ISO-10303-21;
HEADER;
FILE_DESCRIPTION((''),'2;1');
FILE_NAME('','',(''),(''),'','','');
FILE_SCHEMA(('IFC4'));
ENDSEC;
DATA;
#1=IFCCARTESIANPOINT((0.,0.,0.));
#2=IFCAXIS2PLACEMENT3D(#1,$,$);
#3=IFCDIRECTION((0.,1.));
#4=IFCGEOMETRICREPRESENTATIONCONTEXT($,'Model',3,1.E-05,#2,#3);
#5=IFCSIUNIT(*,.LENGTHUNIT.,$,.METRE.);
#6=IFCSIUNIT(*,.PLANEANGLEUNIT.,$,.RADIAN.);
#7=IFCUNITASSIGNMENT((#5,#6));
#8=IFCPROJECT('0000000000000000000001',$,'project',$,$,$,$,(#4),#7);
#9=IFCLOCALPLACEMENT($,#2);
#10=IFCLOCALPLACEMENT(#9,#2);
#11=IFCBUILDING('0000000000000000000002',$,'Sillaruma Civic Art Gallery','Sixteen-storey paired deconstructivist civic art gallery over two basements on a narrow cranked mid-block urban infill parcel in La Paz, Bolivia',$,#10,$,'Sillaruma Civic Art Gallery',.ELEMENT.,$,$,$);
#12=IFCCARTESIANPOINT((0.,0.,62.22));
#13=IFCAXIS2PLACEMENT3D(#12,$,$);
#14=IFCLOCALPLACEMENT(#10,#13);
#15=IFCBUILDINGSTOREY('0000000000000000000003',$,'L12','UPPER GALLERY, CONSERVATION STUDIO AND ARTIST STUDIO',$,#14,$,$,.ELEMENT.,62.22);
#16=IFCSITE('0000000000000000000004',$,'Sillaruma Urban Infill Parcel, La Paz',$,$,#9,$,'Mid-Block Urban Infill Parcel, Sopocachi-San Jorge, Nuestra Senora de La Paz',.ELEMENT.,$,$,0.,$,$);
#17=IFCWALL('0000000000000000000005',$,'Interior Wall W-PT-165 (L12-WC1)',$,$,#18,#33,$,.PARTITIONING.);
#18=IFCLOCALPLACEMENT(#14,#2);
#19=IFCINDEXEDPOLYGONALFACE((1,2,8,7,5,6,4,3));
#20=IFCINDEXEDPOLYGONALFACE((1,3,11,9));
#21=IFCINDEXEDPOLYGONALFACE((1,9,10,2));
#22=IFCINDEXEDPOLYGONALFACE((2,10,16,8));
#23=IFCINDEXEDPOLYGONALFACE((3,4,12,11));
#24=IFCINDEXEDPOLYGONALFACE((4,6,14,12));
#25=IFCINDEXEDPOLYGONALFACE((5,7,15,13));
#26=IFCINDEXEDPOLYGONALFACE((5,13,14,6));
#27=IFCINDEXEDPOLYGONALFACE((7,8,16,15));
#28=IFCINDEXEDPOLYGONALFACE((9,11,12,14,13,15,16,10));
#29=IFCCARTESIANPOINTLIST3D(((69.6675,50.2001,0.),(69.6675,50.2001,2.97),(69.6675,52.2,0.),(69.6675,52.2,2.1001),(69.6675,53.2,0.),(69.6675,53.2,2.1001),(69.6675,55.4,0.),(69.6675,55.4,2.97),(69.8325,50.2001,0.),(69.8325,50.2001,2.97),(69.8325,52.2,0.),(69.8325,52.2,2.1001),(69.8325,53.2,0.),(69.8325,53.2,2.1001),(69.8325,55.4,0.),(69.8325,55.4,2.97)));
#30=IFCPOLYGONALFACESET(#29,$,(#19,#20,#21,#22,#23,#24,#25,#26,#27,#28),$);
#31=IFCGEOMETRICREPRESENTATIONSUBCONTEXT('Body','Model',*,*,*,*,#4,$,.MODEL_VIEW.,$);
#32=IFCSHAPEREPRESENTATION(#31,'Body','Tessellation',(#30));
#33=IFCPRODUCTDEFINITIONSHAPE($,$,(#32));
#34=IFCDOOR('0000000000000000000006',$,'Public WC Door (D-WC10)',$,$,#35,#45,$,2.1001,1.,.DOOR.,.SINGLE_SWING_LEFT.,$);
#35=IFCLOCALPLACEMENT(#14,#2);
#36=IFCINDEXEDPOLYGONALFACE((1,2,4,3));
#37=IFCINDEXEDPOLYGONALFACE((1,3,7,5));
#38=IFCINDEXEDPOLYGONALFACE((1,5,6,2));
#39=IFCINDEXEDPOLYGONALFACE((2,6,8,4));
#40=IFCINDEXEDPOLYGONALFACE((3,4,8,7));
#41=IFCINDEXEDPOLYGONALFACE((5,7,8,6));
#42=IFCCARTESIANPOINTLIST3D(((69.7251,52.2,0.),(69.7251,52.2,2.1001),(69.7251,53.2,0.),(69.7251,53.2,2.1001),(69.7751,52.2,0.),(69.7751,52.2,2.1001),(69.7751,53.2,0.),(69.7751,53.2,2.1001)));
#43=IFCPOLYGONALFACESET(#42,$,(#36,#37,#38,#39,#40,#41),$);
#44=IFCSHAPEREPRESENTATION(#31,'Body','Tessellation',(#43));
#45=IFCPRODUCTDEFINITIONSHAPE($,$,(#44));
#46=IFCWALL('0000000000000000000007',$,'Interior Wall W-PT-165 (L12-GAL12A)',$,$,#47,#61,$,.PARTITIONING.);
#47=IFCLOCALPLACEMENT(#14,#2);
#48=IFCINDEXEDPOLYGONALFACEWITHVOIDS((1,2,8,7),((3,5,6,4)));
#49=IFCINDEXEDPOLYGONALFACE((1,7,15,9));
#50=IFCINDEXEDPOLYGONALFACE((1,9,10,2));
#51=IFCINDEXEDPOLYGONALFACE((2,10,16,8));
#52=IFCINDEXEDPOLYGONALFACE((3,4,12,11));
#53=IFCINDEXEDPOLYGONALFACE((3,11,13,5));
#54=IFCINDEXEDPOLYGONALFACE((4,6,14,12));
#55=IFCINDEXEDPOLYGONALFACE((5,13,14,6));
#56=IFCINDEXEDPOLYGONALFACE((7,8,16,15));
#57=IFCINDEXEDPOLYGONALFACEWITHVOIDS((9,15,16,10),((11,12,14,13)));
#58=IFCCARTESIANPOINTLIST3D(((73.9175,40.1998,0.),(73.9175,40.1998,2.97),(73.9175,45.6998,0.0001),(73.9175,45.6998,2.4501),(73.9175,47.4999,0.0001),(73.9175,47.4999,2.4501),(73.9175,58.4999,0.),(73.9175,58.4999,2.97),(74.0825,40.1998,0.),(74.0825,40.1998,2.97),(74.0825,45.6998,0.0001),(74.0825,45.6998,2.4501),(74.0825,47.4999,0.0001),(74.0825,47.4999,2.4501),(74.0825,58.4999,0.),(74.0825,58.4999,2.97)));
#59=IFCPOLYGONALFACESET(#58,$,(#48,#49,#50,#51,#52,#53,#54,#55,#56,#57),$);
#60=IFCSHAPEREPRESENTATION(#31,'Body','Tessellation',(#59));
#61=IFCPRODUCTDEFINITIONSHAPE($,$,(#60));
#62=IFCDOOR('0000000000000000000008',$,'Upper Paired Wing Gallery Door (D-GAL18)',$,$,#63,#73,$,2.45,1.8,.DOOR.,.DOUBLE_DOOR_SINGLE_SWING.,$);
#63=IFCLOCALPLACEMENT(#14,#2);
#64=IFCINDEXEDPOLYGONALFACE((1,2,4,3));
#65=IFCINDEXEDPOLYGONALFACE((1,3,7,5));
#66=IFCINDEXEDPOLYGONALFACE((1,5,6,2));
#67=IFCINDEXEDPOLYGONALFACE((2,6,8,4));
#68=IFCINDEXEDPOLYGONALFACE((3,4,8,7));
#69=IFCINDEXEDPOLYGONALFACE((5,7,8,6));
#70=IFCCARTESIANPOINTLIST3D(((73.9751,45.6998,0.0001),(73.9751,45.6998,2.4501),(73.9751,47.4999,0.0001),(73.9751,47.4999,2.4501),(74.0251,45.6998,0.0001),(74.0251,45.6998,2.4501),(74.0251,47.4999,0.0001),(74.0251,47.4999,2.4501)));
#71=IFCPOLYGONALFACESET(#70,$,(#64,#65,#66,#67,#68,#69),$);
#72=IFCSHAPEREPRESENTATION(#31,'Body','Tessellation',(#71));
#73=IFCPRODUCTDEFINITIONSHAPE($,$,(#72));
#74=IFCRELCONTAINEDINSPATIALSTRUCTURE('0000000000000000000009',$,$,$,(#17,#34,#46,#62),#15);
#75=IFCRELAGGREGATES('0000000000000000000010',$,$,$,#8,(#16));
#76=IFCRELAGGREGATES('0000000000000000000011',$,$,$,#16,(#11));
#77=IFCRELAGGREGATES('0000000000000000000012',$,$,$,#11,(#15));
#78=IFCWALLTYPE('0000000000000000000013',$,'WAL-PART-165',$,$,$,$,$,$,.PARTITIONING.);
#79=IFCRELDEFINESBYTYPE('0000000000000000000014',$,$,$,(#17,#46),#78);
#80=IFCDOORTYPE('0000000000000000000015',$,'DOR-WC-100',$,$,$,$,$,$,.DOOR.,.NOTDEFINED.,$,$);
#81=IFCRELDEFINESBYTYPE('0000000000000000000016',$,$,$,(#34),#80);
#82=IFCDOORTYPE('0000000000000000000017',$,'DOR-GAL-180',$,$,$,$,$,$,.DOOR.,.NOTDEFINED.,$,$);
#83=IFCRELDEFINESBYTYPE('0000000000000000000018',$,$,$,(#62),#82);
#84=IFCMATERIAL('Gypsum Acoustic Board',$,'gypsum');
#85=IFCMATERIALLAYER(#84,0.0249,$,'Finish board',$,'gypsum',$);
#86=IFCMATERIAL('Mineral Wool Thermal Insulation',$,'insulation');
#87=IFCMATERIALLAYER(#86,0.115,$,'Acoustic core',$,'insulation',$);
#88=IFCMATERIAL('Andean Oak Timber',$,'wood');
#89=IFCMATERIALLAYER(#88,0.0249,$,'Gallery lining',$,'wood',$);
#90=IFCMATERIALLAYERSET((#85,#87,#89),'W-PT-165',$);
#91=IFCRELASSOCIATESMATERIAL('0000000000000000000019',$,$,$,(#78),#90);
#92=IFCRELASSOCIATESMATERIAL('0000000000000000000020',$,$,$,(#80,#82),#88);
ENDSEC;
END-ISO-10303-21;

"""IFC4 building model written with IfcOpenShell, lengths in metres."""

from ifc_helpers import new_model, si_unit, direction, frame, frame_2d, origin, place, context, subcontext, project, spatial, rectangle, extrude, material, layer, layer_set, type_object, element, fill, save


model = new_model("IFC4")

# Units and contexts
model_context = context("Model", 3, precision=1e-05, world=origin(), true_north=direction((0.0, 1.0)))
body_context = subcontext(model_context, "Body", "Model", "MODEL_VIEW")
ifc_project = project(units=[si_unit("LENGTHUNIT", "METRE"), si_unit("PLANEANGLEUNIT", "RADIAN")], contexts=[model_context])

# Site, building, storey
site_placement = place(None, origin())
site = spatial("IfcSite", under=ifc_project, at=site_placement, Name="Sillaruma Urban Infill Parcel, La Paz", LongName="Mid-Block Urban Infill Parcel, Sopocachi-San Jorge, Nuestra Senora de La Paz", CompositionType="ELEMENT", RefElevation=0.0)
building_placement = place(site_placement, origin())
building = spatial("IfcBuilding", under=site, at=building_placement, Name="Sillaruma Civic Art Gallery", Description="Sixteen-storey paired deconstructivist civic art gallery over two basements on a narrow cranked mid-block urban infill parcel in La Paz, Bolivia", LongName="Sillaruma Civic Art Gallery", CompositionType="ELEMENT")
storey_placement = place(building_placement, frame((0.0, 0.0, 62.22)))
storey = spatial("IfcBuildingStorey", under=building, at=storey_placement, Name="L12", Description="UPPER GALLERY, CONSERVATION STUDIO AND ARTIST STUDIO", CompositionType="ELEMENT", Elevation=62.22)

# Walls, openings, doors
ifc_material_1 = material(Name="Gypsum Acoustic Board", Category="gypsum")
ifc_material_2 = material(Name="Mineral Wool Thermal Insulation", Category="insulation")
ifc_material_3 = material(Name="Andean Oak Timber", Category="wood")
ifc_layer_1 = layer(ifc_material_1, 0.0249, Name="Finish board", Category="gypsum")
ifc_layer_2 = layer(ifc_material_2, 0.115, Name="Acoustic core", Category="insulation")
ifc_layer_3 = layer(ifc_material_3, 0.0249, Name="Gallery lining", Category="wood")
ifc_layer_set_1 = layer_set([ifc_layer_1, ifc_layer_2, ifc_layer_3], Name="W-PT-165")
wall_type_1 = type_object("IfcWallType", Name="WAL-PART-165", PredefinedType="PARTITIONING", material=ifc_layer_set_1)
wall_1_placement = place(storey_placement, frame((69.75, 50.2, 0.0), z_axis=(0.0, 0.0, 1.0), x_axis=(0.0, 1.0, 0.0)))
wall_1 = element("IfcWall", 1, at=wall_1_placement, inside=storey, type_object=wall_type_1, Name="Interior Wall W-PT-165 (L12-WC1)", PredefinedType="PARTITIONING", context=body_context, shape_type="SweptSolid", body=[
    extrude(rectangle(XDim=5.2, YDim=0.165, at=frame_2d((2.6001, 0.0))), origin(), (0.0, 0.0, 1.0), 2.97),
])
opening_1_placement = place(wall_1_placement, frame((2.0, 0.0, 0.0)))
opening_1 = element("IfcOpeningElement", 2, at=opening_1_placement, cuts=wall_1, PredefinedType="OPENING", context=body_context, shape_type="SweptSolid", body=[
    extrude(rectangle(XDim=1.0, YDim=2.1001, at=frame_2d((0.5, 1.05))), frame((0.0, 0.0925, 0.0), z_axis=(0.0, -1.0, 0.0), x_axis=(1.0, 0.0, 0.0)), (0.0, 0.0, 1.0), 0.1851),
])
door_type_1 = type_object("IfcDoorType", Name="DOR-WC-100", OperationType="NOTDEFINED", PredefinedType="DOOR", material=ifc_material_3)
door_1_placement = place(opening_1_placement, origin())
door_1 = element("IfcDoor", 3, at=door_1_placement, inside=storey, type_object=door_type_1, Name="Public WC Door (D-WC10)", OperationType="SINGLE_SWING_LEFT", OverallHeight=2.1001, OverallWidth=1.0, PredefinedType="DOOR", context=body_context, shape_type="SweptSolid", body=[
    extrude(rectangle(XDim=1.0, YDim=2.1001, at=frame_2d((0.5, 1.05))), frame((0.0, 0.0249, 0.0), z_axis=(0.0, -1.0, 0.0), x_axis=(1.0, 0.0, 0.0)), (0.0, 0.0, 1.0), 0.05),
])
fill(opening_1, door_1)
wall_2_placement = place(storey_placement, frame((74.0, 40.2, 0.0), z_axis=(0.0, 0.0, 1.0), x_axis=(0.0, 1.0, 0.0)))
wall_2 = element("IfcWall", 4, at=wall_2_placement, inside=storey, type_object=wall_type_1, Name="Interior Wall W-PT-165 (L12-GAL12A)", PredefinedType="PARTITIONING", context=body_context, shape_type="SweptSolid", body=[
    extrude(rectangle(XDim=18.3, YDim=0.165, at=frame_2d((9.1499, 0.0))), origin(), (0.0, 0.0, 1.0), 2.97),
])
opening_2_placement = place(wall_2_placement, frame((5.5, 0.0, 0.0)))
opening_2 = element("IfcOpeningElement", 5, at=opening_2_placement, cuts=wall_2, PredefinedType="OPENING", context=body_context, shape_type="SweptSolid", body=[
    extrude(rectangle(XDim=1.8, YDim=2.45, at=frame_2d((0.8999, 1.2251))), frame((0.0, 0.0925, 0.0), z_axis=(0.0, -1.0, 0.0), x_axis=(1.0, 0.0, 0.0)), (0.0, 0.0, 1.0), 0.1851),
])
door_type_2 = type_object("IfcDoorType", Name="DOR-GAL-180", OperationType="NOTDEFINED", PredefinedType="DOOR", material=ifc_material_3)
door_2_placement = place(opening_2_placement, origin())
door_2 = element("IfcDoor", 6, at=door_2_placement, inside=storey, type_object=door_type_2, Name="Upper Paired Wing Gallery Door (D-GAL18)", OperationType="DOUBLE_DOOR_SINGLE_SWING", OverallHeight=2.45, OverallWidth=1.8, PredefinedType="DOOR", context=body_context, shape_type="SweptSolid", body=[
    extrude(rectangle(XDim=1.8, YDim=2.45, at=frame_2d((0.8999, 1.2251))), frame((0.0, 0.0249, 0.0), z_axis=(0.0, -1.0, 0.0), x_axis=(1.0, 0.0, 0.0)), (0.0, 0.0, 1.0), 0.05),
])
fill(opening_2, door_2)

save(model, "model.ifc")
